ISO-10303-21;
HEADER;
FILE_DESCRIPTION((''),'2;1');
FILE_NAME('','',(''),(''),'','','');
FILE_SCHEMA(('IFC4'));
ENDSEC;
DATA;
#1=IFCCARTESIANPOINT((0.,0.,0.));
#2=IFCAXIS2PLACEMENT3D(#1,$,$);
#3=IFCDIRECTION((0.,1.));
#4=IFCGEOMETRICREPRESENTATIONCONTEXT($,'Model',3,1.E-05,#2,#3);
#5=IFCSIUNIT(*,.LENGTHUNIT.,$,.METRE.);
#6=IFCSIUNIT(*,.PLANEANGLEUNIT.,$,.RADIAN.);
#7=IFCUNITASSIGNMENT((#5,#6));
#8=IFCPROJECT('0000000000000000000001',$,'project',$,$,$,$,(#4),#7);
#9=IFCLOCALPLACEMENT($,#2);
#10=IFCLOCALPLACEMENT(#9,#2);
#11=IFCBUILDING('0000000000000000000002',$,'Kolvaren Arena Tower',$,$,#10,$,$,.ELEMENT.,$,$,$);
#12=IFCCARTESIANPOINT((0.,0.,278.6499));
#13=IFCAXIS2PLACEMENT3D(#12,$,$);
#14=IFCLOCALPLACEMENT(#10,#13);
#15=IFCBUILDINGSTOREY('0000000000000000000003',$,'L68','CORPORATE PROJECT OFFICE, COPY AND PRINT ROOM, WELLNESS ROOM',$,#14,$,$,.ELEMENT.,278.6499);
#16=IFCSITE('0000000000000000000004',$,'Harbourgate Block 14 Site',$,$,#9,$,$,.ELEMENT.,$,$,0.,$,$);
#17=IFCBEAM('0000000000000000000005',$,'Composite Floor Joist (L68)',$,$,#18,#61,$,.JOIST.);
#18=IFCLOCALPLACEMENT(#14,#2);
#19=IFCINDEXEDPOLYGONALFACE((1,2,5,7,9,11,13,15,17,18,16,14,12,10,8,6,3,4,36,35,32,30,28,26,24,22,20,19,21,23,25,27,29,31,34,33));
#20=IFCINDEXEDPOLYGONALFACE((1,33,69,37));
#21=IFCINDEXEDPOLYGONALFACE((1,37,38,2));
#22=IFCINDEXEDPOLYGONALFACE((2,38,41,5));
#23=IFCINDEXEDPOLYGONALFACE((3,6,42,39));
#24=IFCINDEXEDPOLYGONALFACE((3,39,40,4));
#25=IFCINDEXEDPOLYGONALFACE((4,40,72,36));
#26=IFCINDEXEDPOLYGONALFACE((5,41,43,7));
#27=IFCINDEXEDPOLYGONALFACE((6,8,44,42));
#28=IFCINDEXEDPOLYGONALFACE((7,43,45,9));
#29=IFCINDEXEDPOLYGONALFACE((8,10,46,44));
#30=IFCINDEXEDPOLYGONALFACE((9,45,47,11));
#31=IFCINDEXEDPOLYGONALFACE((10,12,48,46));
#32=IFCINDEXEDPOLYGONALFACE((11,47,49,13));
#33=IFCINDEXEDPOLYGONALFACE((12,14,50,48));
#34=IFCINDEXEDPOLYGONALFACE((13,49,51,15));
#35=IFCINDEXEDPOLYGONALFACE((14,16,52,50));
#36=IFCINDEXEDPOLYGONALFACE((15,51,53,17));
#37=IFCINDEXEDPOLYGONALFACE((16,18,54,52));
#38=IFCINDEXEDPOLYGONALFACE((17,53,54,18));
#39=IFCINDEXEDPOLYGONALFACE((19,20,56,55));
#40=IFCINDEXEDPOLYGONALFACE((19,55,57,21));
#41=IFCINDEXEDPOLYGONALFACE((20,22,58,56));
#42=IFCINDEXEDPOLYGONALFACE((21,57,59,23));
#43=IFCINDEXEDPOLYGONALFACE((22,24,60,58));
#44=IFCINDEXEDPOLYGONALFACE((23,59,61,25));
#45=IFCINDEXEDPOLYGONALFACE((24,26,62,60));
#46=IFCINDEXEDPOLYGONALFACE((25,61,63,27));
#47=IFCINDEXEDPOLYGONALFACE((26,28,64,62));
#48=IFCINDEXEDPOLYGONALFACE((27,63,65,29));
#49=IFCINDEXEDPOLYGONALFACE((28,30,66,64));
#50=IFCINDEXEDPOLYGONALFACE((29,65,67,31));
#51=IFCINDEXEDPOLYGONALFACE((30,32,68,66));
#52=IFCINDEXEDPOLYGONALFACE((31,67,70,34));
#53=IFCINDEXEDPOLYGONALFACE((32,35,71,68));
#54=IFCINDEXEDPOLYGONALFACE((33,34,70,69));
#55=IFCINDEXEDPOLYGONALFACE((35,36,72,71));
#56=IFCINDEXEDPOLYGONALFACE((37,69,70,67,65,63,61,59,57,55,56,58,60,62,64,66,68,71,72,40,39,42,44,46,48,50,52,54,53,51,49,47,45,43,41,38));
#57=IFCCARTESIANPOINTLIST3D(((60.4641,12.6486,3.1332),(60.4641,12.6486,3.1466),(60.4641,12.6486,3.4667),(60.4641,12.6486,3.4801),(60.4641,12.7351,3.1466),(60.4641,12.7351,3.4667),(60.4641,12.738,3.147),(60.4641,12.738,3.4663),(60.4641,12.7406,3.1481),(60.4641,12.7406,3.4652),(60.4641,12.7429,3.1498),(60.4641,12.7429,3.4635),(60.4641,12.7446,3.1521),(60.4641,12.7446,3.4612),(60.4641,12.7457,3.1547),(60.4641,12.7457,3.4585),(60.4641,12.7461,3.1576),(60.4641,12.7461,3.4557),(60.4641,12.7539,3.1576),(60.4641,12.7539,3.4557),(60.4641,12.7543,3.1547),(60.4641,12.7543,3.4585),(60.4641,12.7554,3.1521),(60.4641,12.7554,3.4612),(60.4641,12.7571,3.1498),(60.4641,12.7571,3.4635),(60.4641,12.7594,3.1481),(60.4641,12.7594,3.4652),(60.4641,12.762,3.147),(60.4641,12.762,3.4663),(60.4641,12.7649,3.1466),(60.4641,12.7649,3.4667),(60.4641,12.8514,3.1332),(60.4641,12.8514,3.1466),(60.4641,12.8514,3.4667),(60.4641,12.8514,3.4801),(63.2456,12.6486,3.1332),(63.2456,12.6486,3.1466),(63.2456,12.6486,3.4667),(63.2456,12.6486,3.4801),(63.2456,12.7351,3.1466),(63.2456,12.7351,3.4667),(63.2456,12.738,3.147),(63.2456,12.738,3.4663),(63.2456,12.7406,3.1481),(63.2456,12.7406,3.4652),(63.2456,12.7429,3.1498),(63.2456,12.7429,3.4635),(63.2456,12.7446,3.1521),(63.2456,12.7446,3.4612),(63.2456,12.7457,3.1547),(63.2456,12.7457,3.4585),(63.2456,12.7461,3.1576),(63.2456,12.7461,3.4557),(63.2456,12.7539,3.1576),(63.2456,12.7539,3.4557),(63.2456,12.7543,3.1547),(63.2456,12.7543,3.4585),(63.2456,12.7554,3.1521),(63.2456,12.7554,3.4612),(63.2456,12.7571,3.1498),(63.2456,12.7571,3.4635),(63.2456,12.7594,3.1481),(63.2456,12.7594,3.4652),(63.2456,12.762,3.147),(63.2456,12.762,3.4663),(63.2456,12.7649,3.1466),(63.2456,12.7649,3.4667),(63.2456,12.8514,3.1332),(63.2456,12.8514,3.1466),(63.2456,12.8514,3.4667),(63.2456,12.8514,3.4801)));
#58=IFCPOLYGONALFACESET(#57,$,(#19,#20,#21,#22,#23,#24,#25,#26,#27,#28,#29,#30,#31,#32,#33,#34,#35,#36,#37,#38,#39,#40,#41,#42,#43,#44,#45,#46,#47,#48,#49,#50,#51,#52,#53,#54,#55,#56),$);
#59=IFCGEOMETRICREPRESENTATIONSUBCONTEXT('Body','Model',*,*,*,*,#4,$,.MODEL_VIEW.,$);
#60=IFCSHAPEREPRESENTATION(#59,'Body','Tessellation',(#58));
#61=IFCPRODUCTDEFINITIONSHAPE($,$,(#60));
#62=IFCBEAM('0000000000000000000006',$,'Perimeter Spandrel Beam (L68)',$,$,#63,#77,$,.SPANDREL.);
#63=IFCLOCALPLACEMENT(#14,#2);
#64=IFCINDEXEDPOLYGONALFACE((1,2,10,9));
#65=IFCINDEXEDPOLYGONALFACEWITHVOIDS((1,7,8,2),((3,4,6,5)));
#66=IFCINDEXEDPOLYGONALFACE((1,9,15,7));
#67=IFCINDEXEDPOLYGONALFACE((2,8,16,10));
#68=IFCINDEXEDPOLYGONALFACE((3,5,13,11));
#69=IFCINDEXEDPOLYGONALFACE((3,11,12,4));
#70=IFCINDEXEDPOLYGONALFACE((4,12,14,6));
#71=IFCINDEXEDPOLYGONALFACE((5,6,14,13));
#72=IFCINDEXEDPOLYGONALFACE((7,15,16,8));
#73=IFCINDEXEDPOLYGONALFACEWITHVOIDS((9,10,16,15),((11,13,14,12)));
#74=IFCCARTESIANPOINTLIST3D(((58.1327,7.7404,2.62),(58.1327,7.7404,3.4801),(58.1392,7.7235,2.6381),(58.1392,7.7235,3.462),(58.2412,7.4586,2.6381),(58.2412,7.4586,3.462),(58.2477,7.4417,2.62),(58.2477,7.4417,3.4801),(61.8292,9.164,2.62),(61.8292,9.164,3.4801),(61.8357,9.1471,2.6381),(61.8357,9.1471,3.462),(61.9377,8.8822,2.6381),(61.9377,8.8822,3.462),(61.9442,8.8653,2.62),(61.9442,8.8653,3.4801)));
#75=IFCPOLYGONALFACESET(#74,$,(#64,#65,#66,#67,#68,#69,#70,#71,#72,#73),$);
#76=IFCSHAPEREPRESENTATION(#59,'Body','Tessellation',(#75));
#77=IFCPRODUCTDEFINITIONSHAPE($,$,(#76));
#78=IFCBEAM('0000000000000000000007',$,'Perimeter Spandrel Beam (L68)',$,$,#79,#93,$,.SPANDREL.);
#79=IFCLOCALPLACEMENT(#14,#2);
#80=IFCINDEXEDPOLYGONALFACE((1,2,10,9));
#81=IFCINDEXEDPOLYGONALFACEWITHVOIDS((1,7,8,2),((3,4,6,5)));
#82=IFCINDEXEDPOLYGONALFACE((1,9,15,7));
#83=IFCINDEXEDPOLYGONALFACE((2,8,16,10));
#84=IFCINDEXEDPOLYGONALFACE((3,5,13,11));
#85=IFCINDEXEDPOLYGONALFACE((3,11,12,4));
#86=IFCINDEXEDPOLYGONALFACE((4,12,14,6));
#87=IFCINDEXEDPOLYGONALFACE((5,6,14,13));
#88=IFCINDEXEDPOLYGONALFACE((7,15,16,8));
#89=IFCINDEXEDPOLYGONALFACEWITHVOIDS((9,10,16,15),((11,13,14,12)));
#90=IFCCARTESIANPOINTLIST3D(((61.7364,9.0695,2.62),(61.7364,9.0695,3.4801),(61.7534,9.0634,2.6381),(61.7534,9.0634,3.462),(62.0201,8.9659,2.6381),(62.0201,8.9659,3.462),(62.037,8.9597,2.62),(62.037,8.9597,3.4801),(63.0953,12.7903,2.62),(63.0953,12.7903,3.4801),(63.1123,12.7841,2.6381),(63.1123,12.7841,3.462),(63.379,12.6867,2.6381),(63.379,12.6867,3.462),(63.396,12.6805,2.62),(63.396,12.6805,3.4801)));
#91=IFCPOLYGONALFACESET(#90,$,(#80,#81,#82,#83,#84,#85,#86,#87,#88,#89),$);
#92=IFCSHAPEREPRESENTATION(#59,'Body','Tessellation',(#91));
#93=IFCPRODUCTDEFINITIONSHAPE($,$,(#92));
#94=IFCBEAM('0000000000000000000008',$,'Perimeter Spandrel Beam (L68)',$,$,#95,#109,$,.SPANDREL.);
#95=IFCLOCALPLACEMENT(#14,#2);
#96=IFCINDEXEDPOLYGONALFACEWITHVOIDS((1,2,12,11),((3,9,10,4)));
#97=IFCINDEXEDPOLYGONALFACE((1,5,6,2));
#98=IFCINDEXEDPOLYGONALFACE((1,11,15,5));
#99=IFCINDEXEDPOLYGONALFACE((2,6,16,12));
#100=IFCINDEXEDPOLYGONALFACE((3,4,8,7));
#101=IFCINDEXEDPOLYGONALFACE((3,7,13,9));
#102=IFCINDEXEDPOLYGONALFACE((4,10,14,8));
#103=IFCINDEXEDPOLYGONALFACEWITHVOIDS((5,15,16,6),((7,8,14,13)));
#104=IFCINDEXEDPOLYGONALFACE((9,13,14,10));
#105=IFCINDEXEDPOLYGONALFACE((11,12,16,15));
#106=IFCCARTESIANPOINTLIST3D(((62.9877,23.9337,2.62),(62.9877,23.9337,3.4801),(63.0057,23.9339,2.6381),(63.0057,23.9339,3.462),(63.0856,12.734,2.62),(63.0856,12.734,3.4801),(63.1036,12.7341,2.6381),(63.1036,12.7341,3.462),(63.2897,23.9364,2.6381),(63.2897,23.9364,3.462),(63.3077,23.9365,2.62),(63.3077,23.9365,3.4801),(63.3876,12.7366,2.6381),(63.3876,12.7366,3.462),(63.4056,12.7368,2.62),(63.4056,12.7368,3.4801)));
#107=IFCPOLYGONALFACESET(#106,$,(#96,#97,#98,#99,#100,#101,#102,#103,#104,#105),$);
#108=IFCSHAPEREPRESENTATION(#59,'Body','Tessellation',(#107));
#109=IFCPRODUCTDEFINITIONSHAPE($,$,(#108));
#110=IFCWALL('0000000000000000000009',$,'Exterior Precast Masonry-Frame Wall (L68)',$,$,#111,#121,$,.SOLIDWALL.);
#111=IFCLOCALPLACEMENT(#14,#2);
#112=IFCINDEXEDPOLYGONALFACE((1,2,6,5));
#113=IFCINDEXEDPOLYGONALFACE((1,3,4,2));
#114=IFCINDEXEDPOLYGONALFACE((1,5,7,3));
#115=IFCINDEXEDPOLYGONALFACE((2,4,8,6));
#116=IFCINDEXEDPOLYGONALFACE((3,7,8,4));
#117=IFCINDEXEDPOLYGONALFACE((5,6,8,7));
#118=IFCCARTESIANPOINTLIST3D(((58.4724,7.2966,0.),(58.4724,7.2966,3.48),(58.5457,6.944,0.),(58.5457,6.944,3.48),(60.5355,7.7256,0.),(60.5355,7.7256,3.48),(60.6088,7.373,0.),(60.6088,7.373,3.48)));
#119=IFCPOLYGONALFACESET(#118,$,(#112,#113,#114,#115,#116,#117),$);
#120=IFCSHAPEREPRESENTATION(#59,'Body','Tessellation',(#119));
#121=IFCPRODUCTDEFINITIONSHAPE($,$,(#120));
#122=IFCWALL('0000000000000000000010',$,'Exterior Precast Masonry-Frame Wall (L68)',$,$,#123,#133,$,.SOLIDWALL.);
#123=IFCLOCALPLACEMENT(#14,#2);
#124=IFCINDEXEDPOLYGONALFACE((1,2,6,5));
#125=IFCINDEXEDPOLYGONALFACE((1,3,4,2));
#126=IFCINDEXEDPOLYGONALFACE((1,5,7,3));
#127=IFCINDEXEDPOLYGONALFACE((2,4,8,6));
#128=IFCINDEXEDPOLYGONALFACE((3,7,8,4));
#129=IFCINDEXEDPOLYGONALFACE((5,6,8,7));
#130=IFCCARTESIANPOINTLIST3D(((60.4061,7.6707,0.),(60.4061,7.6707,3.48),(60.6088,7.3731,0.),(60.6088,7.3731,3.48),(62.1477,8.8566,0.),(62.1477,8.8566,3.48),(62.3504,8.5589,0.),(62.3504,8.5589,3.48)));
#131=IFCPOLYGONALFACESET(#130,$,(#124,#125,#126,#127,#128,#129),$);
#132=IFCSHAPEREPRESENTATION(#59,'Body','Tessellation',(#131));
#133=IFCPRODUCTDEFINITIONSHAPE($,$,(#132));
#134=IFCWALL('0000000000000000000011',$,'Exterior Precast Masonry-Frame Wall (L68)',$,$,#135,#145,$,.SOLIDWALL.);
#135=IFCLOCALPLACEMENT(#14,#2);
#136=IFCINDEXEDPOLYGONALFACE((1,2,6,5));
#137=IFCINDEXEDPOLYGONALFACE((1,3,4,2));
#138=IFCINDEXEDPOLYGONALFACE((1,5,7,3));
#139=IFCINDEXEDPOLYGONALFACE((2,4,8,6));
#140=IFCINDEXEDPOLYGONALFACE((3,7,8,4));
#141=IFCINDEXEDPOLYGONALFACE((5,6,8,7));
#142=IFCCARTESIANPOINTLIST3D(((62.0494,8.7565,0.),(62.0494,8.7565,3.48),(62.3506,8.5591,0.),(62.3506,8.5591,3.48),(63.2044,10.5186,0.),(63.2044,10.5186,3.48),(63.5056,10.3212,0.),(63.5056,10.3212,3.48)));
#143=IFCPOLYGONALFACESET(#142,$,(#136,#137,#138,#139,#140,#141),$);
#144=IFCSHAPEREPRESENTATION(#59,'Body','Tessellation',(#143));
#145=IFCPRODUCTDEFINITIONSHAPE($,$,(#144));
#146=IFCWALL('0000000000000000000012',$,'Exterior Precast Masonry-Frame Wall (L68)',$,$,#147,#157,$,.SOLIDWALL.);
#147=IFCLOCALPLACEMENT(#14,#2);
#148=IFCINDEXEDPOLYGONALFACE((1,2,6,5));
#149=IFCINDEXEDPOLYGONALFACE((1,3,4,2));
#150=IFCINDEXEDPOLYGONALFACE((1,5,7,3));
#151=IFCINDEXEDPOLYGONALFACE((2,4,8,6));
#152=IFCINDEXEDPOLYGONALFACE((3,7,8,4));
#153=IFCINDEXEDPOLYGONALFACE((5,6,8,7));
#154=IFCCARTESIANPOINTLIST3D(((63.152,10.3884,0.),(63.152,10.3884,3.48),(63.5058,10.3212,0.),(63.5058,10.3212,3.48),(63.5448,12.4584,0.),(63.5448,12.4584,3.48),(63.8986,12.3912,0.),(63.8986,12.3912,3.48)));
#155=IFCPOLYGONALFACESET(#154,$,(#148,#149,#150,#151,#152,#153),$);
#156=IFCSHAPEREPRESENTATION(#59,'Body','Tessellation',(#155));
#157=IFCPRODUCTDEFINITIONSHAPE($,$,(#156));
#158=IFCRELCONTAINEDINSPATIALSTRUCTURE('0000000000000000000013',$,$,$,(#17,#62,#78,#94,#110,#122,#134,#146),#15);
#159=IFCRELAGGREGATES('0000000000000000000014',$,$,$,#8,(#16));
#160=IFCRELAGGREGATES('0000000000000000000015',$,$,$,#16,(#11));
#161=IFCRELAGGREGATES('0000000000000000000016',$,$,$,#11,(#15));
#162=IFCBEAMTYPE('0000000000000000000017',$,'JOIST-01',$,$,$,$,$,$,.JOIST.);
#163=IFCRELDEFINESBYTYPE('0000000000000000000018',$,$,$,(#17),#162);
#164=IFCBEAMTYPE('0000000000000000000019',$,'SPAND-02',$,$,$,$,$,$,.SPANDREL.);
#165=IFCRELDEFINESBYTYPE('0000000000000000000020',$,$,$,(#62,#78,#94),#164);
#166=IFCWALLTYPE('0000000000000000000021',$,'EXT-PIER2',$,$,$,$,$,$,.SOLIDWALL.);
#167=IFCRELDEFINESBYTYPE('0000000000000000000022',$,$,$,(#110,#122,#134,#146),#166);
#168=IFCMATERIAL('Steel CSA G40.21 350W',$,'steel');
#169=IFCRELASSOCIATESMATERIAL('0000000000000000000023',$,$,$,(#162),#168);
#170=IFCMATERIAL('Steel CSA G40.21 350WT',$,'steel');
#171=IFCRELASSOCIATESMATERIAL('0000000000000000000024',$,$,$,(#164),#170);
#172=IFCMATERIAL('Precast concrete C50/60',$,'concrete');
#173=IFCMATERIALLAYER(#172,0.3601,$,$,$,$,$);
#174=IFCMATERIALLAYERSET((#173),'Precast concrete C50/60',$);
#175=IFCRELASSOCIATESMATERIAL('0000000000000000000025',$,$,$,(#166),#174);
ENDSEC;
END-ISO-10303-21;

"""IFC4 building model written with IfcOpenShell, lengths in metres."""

from ifc_helpers import new_model, si_unit, direction, frame, frame_2d, origin, origin_2d, place, context, subcontext, project, spatial, rectangle, hollow_rectangle, i_section, extrude, material, layer, layer_set, material_profile, profile_set, type_object, element, save


model = new_model("IFC4")

# Units and contexts
model_context = context("Model", 3, precision=1e-05, world=origin(), true_north=direction((0.0, 1.0)))
body_context = subcontext(model_context, "Body", "Model", "MODEL_VIEW")
ifc_project = project(units=[si_unit("LENGTHUNIT", "METRE"), si_unit("PLANEANGLEUNIT", "RADIAN")], contexts=[model_context])

# Site, building, storey
site_placement = place(None, origin())
site = spatial("IfcSite", under=ifc_project, at=site_placement, Name="Harbourgate Block 14 Site", CompositionType="ELEMENT", RefElevation=0.0)
building_placement = place(site_placement, origin())
building = spatial("IfcBuilding", under=site, at=building_placement, Name="Kolvaren Arena Tower", CompositionType="ELEMENT")
storey_placement = place(building_placement, frame((0.0, 0.0, 278.6499)))
storey = spatial("IfcBuildingStorey", under=building, at=storey_placement, Name="L68", Description="CORPORATE PROJECT OFFICE, COPY AND PRINT ROOM, WELLNESS ROOM", CompositionType="ELEMENT", Elevation=278.6499)

# Shared definitions
ifc_material_1 = material(Name="Precast concrete C50/60", Category="concrete")

# Beams
ifc_material_2 = material(Name="Steel CSA G40.21 350W", Category="steel")
ifc_material_profile_1 = material_profile(ifc_material_2, i_section(OverallWidth=0.2029, OverallDepth=0.3469, WebThickness=0.0078, FlangeThickness=0.0134, FilletRadius=0.011, at=origin_2d()), Name="W360x64")
ifc_profile_set_1 = profile_set([ifc_material_profile_1], Name="Steel CSA G40.21 350W")
beam_type_1 = type_object("IfcBeamType", Name="JOIST-01", PredefinedType="JOIST", material=ifc_profile_set_1)
beam_1_placement = place(storey_placement, frame((60.4641, 12.75, 3.3066), z_axis=(1.0, 0.0, 0.0), x_axis=(0.0, 1.0, 0.0)))
element("IfcBeam", 1, at=beam_1_placement, inside=storey, type_object=beam_type_1, Name="Composite Floor Joist (L68)", PredefinedType="JOIST", context=body_context, shape_type="SweptSolid", body=[
    extrude(i_section(OverallWidth=0.2029, OverallDepth=0.3469, WebThickness=0.0078, FlangeThickness=0.0134, FilletRadius=0.011, at=origin_2d()), origin(), (0.0, 0.0, 1.0), 2.7815),
])
ifc_material_3 = material(Name="Steel CSA G40.21 350WT", Category="steel")
ifc_material_profile_2 = material_profile(ifc_material_3, hollow_rectangle(XDim=0.3201, YDim=0.8601, WallThickness=0.0181, at=origin_2d()), Name="HSS 860x320x18")
ifc_profile_set_2 = profile_set([ifc_material_profile_2], Name="Steel CSA G40.21 350WT")
beam_type_2 = type_object("IfcBeamType", Name="SPAND-02", PredefinedType="SPANDREL", material=ifc_profile_set_2)
for number, where, z_axis, x_axis, name in (
    (2, (58.1902, 7.5911, 3.05), (0.93319, 0.359384, 0.0), (-0.359384, 0.93319, 0.0), "Perimeter Spandrel Beam (L68)"),
    (3, (61.8867, 9.0146, 3.05), (0.343059, 0.939314, 0.0), (-0.939314, 0.343059, 0.0), "Perimeter Spandrel Beam (L68)"),
):
    element("IfcBeam", number, at=place(storey_placement, frame(where, z_axis=z_axis, x_axis=x_axis)), inside=storey, type_object=beam_type_2, Name=name, PredefinedType="SPANDREL", context=body_context, shape_type="SweptSolid", body=[
        extrude(hollow_rectangle(XDim=0.3201, YDim=0.8601, WallThickness=0.0181, at=origin_2d()), origin(), (0.0, 0.0, 1.0), 3.9612),
    ])
beam_2_placement = place(storey_placement, frame((63.2456, 12.7354, 3.05), z_axis=(-0.008741, 0.999962, 0.0), x_axis=(-0.999962, -0.008741, 0.0)))
element("IfcBeam", 4, at=beam_2_placement, inside=storey, type_object=beam_type_2, Name="Perimeter Spandrel Beam (L68)", PredefinedType="SPANDREL", context=body_context, shape_type="SweptSolid", body=[
    extrude(hollow_rectangle(XDim=0.3201, YDim=0.8601, WallThickness=0.0181, at=origin_2d()), origin(), (0.0, 0.0, 1.0), 11.2002),
])

# Walls
ifc_layer_1 = layer(ifc_material_1, 0.3601)
ifc_layer_set_1 = layer_set([ifc_layer_1], Name="Precast concrete C50/60")
wall_type_1 = type_object("IfcWallType", Name="EXT-PIER2", PredefinedType="SOLIDWALL", material=ifc_layer_set_1)
wall_1_placement = place(storey_placement, frame((60.5723, 7.5493, 0.0), z_axis=(0.0, 0.0, 1.0), x_axis=(-0.979059, -0.203575, 0.0)))
element("IfcWall", 5, at=wall_1_placement, inside=storey, type_object=wall_type_1, Name="Exterior Precast Masonry-Frame Wall (L68)", PredefinedType="SOLIDWALL", context=body_context, shape_type="SweptSolid", body=[
    extrude(rectangle(XDim=2.1072, YDim=0.3601, at=frame_2d((1.0537, 0.0))), origin(), (0.0, 0.0, 1.0), 3.48),
])
for number, where, z_axis, x_axis, name in (
    (6, (62.249, 8.7078, 0.0), (0.0, 0.0, 1.0), (-0.826573, -0.56283, 0.0), "Exterior Precast Masonry-Frame Wall (L68)"),
    (7, (63.355, 10.4199, 0.0), (0.0, 0.0, 1.0), (-0.548186, -0.836357, 0.0), "Exterior Precast Masonry-Frame Wall (L68)"),
    (8, (63.7217, 12.4248, 0.0), (0.0, 0.0, 1.0), (-0.186436, -0.982467, 0.0), "Exterior Precast Masonry-Frame Wall (L68)"),
):
    element("IfcWall", number, at=place(storey_placement, frame(where, z_axis=z_axis, x_axis=x_axis)), inside=storey, type_object=wall_type_1, Name=name, PredefinedType="SOLIDWALL", context=body_context, shape_type="SweptSolid", body=[
        extrude(rectangle(XDim=2.1069, YDim=0.3601, at=frame_2d((1.0535, 0.0))), origin(), (0.0, 0.0, 1.0), 3.48),
    ])

save(model, "model.ifc")
